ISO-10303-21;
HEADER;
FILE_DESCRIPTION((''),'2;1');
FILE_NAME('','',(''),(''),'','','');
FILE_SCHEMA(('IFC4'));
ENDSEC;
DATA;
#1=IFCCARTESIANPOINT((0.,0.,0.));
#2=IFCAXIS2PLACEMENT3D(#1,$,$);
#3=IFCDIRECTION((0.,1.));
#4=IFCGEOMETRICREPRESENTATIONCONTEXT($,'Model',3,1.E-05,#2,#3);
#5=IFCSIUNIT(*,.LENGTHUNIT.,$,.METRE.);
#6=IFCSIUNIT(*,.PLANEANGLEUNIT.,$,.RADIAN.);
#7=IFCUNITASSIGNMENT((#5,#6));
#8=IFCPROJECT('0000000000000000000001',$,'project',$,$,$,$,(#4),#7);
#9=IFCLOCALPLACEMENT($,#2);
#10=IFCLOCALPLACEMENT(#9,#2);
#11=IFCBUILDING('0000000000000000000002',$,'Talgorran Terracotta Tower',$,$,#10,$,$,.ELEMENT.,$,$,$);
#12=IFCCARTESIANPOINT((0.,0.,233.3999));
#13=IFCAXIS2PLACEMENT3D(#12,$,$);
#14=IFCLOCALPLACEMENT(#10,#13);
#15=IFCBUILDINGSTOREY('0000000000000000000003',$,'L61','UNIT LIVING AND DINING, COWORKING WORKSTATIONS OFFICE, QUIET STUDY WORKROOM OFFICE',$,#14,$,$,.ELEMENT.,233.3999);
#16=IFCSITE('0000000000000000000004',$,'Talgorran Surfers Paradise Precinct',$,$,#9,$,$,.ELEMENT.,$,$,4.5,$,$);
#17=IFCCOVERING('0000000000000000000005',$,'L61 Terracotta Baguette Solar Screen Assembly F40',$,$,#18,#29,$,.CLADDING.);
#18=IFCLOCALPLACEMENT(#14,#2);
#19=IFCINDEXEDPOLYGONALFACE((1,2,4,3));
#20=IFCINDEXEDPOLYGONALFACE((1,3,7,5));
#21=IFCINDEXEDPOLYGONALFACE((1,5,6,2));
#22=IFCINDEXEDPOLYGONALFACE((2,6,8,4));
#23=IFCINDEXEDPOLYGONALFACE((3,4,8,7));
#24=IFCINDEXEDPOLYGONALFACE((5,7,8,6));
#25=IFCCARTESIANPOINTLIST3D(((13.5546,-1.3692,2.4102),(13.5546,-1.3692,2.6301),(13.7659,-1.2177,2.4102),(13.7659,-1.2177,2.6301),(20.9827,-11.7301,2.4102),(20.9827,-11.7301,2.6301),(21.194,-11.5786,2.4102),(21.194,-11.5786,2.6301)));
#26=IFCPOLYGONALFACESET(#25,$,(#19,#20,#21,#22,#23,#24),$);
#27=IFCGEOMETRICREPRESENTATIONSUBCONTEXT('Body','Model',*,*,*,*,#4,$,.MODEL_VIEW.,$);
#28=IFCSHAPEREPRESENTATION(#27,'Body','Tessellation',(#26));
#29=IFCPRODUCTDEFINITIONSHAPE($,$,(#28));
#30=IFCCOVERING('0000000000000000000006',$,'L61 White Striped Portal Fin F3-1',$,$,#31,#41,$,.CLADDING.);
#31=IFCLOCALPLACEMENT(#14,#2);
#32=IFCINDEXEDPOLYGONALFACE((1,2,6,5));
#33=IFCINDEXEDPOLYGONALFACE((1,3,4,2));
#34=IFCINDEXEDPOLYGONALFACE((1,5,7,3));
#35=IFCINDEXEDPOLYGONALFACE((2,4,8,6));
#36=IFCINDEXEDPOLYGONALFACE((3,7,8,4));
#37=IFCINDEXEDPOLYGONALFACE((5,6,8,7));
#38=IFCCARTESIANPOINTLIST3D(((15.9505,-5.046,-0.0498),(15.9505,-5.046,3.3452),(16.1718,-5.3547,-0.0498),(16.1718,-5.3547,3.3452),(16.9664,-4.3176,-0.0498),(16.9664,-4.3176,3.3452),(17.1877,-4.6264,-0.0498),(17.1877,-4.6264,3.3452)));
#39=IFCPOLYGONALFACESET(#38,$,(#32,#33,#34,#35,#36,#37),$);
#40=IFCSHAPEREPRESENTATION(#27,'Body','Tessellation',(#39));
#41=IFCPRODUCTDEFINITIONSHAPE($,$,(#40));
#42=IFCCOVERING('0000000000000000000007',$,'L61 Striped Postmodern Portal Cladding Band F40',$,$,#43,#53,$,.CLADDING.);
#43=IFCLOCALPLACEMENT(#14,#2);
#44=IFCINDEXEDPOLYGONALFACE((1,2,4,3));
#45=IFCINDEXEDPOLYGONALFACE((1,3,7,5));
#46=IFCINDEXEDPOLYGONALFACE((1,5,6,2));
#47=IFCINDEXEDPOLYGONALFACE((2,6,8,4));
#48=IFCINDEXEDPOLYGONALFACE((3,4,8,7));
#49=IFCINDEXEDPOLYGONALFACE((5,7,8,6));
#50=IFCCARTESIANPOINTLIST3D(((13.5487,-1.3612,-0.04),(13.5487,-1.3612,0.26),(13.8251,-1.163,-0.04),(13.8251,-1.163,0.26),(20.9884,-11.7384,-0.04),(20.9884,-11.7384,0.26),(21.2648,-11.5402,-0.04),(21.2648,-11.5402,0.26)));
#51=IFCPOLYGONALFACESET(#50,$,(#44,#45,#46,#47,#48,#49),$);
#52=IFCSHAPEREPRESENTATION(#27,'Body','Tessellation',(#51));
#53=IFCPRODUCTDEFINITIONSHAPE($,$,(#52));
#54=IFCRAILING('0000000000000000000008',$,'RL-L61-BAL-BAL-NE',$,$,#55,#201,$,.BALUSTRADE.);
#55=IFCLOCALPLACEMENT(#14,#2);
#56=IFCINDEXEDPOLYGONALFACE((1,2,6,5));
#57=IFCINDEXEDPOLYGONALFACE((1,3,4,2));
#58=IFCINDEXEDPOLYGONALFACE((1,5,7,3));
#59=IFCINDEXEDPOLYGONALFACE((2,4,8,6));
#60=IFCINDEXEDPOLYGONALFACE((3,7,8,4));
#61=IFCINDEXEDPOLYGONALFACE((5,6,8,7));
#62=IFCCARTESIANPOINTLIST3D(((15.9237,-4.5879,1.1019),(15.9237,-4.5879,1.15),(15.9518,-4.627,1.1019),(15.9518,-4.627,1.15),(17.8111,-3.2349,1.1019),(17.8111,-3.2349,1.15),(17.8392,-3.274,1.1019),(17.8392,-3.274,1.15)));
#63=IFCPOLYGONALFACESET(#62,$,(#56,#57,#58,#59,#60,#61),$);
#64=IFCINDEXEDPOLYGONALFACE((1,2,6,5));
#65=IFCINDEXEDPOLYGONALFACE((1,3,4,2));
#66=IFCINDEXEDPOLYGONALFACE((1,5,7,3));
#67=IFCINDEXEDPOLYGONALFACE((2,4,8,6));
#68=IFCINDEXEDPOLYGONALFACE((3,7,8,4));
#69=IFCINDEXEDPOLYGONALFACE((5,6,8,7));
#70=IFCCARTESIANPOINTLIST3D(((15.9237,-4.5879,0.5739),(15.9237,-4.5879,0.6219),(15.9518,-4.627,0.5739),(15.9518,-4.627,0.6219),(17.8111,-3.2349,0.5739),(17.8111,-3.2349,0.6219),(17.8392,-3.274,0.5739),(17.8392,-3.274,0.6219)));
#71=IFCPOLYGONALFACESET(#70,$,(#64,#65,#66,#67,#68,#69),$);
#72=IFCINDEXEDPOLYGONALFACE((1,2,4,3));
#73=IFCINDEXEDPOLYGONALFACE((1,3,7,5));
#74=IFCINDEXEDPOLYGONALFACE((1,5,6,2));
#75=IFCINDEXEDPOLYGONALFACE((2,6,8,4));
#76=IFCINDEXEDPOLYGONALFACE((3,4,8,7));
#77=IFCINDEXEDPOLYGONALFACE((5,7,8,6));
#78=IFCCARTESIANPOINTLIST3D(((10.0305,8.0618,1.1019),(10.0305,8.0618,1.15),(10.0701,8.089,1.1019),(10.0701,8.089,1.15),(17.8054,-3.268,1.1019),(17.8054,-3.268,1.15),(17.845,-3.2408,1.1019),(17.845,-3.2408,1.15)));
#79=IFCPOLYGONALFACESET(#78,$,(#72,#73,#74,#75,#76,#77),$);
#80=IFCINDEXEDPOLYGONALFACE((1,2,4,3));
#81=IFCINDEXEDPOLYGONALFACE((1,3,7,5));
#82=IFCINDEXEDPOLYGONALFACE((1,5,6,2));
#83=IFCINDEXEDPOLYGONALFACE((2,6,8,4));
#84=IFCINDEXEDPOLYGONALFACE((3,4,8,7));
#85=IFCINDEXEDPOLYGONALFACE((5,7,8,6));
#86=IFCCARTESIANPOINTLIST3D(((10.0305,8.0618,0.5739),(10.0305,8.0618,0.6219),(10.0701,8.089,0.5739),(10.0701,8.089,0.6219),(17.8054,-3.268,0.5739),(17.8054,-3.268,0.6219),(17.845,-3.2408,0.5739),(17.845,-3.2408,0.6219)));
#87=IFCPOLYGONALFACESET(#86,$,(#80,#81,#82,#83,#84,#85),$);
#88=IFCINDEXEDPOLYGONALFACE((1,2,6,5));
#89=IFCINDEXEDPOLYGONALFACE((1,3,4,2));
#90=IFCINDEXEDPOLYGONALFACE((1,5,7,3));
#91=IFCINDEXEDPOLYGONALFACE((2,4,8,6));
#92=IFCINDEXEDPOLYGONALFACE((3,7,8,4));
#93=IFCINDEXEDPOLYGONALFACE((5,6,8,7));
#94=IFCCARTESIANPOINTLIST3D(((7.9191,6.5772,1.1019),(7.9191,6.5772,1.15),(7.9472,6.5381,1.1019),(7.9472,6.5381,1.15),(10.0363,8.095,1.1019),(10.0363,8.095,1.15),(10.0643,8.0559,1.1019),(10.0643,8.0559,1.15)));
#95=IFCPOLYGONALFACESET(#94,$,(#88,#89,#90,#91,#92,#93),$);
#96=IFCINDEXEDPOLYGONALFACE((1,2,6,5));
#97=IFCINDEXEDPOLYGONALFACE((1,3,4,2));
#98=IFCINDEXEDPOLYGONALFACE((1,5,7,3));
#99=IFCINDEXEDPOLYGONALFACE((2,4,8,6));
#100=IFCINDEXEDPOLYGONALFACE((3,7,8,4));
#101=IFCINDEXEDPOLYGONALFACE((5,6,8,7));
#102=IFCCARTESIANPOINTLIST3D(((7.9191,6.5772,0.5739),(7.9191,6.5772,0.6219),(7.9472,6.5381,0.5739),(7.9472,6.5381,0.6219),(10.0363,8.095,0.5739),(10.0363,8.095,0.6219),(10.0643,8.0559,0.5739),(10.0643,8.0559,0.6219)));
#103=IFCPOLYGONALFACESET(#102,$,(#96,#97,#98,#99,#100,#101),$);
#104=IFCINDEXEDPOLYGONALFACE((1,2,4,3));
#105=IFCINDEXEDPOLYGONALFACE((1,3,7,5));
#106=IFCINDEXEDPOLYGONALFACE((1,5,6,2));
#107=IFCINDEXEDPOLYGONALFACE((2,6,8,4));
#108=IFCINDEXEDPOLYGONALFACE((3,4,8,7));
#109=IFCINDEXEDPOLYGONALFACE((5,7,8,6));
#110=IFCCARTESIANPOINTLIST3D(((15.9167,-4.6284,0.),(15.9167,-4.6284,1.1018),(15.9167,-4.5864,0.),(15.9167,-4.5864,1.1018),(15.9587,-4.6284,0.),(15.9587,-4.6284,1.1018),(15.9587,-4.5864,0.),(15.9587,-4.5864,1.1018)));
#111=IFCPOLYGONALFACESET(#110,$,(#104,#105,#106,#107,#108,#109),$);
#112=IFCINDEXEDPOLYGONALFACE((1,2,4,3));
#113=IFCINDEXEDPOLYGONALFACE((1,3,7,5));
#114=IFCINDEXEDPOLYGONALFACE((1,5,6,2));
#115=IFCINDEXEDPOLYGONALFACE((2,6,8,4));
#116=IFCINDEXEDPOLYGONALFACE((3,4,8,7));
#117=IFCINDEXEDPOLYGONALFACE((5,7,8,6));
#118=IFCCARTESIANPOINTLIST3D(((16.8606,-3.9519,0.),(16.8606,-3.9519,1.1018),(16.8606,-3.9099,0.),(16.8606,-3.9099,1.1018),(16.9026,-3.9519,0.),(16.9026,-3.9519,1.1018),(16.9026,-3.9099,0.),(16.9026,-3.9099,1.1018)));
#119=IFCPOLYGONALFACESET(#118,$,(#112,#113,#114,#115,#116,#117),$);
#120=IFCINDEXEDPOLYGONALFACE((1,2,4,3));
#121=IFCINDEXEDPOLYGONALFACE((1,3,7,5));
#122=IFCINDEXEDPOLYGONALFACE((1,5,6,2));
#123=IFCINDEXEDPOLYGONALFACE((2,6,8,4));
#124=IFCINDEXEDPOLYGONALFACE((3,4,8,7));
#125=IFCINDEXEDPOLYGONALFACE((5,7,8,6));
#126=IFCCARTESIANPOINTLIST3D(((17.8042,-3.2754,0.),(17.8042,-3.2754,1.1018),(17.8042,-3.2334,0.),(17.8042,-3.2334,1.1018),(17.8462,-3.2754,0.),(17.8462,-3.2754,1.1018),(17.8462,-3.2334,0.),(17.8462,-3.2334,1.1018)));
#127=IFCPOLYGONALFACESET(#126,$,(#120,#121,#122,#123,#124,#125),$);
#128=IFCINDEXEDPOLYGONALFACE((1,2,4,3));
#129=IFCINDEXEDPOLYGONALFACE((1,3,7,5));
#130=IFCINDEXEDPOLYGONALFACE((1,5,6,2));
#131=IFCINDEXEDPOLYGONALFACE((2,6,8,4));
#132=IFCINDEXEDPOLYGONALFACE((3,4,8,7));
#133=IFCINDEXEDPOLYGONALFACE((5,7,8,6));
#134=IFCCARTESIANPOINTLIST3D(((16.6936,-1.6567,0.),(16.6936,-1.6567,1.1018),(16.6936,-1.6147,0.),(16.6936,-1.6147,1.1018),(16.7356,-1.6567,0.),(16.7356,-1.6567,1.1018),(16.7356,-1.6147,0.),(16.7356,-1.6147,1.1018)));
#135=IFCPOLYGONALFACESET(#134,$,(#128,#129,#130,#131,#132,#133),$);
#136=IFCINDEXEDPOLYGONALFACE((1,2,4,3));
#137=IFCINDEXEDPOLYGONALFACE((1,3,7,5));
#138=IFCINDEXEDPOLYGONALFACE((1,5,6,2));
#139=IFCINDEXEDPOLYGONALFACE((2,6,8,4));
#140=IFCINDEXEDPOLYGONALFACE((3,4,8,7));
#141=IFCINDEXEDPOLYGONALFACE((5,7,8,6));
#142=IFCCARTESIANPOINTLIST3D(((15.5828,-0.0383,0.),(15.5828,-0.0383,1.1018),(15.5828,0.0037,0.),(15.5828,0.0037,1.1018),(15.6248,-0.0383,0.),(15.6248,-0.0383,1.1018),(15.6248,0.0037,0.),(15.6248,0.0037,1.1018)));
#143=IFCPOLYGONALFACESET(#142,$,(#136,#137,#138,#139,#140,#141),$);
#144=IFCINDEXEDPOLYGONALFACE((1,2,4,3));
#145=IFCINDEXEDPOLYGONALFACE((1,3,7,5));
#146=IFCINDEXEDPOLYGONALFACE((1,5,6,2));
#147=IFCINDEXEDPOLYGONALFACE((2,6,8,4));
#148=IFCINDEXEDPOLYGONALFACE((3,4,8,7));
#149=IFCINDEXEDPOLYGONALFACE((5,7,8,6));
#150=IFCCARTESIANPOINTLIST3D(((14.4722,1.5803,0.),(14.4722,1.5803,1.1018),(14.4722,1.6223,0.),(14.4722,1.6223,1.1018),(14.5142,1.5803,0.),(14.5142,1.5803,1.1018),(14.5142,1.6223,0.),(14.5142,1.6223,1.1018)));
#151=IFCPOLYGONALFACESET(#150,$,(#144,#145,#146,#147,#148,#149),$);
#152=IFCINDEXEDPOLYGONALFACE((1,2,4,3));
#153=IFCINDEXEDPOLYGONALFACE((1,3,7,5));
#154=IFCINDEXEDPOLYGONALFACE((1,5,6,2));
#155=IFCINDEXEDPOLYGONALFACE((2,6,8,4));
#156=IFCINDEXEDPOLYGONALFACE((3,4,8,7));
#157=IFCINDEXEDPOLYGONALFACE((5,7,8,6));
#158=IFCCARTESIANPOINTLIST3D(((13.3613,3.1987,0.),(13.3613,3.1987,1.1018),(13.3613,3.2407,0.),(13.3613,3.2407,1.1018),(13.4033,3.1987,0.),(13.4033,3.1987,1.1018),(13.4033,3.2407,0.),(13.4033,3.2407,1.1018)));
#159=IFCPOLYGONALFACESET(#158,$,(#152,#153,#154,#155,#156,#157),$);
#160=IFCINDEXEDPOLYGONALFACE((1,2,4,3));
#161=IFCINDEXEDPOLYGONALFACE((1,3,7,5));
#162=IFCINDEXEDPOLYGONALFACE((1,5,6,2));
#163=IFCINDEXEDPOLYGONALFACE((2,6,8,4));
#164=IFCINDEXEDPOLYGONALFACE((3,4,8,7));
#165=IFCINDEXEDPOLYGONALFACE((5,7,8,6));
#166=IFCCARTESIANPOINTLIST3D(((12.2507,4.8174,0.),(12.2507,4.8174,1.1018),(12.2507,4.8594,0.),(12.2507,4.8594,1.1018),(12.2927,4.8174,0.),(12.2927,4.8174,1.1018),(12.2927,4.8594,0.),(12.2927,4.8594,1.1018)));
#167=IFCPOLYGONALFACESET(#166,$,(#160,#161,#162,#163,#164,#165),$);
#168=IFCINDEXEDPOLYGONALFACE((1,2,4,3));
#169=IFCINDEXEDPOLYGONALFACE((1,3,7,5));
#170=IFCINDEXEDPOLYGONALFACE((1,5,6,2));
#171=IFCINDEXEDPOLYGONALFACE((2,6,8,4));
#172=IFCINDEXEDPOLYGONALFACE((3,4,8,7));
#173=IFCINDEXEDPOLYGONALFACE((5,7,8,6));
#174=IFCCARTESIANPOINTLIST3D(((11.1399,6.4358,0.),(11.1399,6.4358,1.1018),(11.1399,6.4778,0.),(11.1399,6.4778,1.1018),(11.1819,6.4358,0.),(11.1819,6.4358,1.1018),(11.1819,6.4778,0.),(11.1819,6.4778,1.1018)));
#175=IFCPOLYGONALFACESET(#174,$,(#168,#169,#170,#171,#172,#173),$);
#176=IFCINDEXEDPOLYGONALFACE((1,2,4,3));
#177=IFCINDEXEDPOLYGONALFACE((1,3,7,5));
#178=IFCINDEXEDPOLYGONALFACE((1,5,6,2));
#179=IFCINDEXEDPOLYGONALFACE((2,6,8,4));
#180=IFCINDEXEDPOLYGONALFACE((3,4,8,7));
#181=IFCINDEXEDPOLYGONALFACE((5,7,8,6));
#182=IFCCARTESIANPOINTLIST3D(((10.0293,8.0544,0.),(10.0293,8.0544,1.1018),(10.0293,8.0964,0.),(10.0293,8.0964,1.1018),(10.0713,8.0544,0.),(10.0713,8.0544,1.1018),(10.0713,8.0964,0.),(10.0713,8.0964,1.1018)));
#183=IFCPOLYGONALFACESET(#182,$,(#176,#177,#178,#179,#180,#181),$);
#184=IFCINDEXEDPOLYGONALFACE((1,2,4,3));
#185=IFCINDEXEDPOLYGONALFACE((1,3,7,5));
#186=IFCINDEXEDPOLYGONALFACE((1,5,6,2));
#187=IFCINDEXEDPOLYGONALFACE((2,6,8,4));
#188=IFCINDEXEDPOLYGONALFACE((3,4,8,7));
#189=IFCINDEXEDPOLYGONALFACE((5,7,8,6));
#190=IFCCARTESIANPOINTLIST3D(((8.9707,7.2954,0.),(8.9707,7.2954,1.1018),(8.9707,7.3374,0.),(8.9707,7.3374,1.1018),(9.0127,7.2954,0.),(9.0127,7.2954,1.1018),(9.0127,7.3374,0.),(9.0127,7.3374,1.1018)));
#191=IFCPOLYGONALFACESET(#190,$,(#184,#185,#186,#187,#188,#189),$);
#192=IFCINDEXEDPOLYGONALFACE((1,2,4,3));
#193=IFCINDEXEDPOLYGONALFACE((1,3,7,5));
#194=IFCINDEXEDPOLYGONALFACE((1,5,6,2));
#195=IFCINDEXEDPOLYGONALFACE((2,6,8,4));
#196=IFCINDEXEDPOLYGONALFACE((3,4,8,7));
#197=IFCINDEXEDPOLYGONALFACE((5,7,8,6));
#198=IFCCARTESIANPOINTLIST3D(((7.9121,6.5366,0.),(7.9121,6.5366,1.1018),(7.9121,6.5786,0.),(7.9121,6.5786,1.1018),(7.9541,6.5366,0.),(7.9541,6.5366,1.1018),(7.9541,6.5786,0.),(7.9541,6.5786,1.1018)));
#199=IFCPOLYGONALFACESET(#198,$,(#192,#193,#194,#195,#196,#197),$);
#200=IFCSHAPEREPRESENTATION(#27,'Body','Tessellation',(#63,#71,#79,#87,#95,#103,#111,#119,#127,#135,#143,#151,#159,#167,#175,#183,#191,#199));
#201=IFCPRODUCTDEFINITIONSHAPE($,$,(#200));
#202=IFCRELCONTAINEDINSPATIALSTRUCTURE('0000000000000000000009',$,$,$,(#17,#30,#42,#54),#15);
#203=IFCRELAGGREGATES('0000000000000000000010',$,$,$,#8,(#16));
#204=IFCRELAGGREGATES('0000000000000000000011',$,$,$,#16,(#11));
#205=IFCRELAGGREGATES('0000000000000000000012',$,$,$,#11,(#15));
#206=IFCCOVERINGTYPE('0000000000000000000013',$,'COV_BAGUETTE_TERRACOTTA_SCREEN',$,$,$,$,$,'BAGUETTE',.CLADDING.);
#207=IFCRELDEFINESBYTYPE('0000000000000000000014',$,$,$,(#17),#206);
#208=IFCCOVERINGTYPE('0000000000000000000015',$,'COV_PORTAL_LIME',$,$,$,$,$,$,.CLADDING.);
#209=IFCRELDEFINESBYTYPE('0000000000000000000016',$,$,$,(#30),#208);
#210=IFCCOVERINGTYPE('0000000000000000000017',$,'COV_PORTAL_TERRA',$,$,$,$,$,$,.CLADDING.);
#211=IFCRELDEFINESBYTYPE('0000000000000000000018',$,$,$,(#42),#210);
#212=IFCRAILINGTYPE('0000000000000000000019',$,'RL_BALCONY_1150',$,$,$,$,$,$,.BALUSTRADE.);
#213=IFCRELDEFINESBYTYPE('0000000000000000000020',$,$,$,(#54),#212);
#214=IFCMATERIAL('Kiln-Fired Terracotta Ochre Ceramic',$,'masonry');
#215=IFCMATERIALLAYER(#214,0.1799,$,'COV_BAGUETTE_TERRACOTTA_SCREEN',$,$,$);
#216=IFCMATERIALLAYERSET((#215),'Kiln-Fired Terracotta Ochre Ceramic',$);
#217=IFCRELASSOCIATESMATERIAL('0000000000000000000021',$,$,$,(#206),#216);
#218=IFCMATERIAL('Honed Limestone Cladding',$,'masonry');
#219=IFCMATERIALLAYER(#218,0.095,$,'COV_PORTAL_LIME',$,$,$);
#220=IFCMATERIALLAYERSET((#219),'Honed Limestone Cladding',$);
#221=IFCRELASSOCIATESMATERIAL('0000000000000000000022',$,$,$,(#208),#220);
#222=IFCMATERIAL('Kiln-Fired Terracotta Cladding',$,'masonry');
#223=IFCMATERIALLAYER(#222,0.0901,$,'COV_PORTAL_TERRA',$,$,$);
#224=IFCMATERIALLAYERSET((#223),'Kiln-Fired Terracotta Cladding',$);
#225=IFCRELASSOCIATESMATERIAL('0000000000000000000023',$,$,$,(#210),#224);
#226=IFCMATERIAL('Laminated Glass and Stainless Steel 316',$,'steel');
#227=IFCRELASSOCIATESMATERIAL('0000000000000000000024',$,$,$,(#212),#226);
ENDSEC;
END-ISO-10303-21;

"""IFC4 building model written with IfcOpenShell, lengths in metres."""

from ifc_helpers import new_model, si_unit, direction, frame, origin, origin_2d, place, context, subcontext, project, spatial, rectangle, extrude, material, layer, layer_set, type_object, element, save


model = new_model("IFC4")

# Units and contexts
model_context = context("Model", 3, precision=1e-05, world=origin(), true_north=direction((0.0, 1.0)))
body_context = subcontext(model_context, "Body", "Model", "MODEL_VIEW")
ifc_project = project(units=[si_unit("LENGTHUNIT", "METRE"), si_unit("PLANEANGLEUNIT", "RADIAN")], contexts=[model_context])

# Site, building, storey
site_placement = place(None, origin())
site = spatial("IfcSite", under=ifc_project, at=site_placement, Name="Talgorran Surfers Paradise Precinct", CompositionType="ELEMENT", RefElevation=4.5)
building_placement = place(site_placement, origin())
building = spatial("IfcBuilding", under=site, at=building_placement, Name="Talgorran Terracotta Tower", CompositionType="ELEMENT")
storey_placement = place(building_placement, frame((0.0, 0.0, 233.3999)))
storey = spatial("IfcBuildingStorey", under=building, at=storey_placement, Name="L61", Description="UNIT LIVING AND DINING, COWORKING WORKSTATIONS OFFICE, QUIET STUDY WORKROOM OFFICE", CompositionType="ELEMENT", Elevation=233.3999)

# Coverings
ifc_material_1 = material(Name="Kiln-Fired Terracotta Ochre Ceramic", Category="masonry")
ifc_layer_1 = layer(ifc_material_1, 0.1799, Name="COV_BAGUETTE_TERRACOTTA_SCREEN")
ifc_layer_set_1 = layer_set([ifc_layer_1], Name="Kiln-Fired Terracotta Ochre Ceramic")
covering_type_1 = type_object("IfcCoveringType", Name="COV_BAGUETTE_TERRACOTTA_SCREEN", ElementType="BAGUETTE", PredefinedType="CLADDING", material=ifc_layer_set_1)
covering_1_placement = place(storey_placement, frame((17.3743, -6.4739, 2.4102), z_axis=(0.0, 0.0, 1.0), x_axis=(-0.582662, 0.812715, 0.0)))
element("IfcCovering", 1, at=covering_1_placement, inside=storey, type_object=covering_type_1, Name="L61 Terracotta Baguette Solar Screen Assembly F40", PredefinedType="CLADDING", context=body_context, shape_type="SweptSolid", body=[
    extrude(rectangle(XDim=12.7485, YDim=0.26, at=origin_2d()), origin(), (0.0, 0.0, 1.0), 0.22),
])
ifc_material_2 = material(Name="Honed Limestone Cladding", Category="masonry")
ifc_layer_2 = layer(ifc_material_2, 0.095, Name="COV_PORTAL_LIME")
ifc_layer_set_2 = layer_set([ifc_layer_2], Name="Honed Limestone Cladding")
covering_type_2 = type_object("IfcCoveringType", Name="COV_PORTAL_LIME", PredefinedType="CLADDING", material=ifc_layer_set_2)
covering_2_placement = place(storey_placement, frame((16.5691, -4.8362, -0.0498), z_axis=(0.0, 0.0, 1.0), x_axis=(-0.582662, 0.812715, 0.0)))
element("IfcCovering", 2, at=covering_2_placement, inside=storey, type_object=covering_type_2, Name="L61 White Striped Portal Fin F3-1", PredefinedType="CLADDING", context=body_context, shape_type="SweptSolid", body=[
    extrude(rectangle(XDim=0.3799, YDim=1.25, at=origin_2d()), origin(), (0.0, 0.0, 1.0), 3.395),
])
ifc_material_3 = material(Name="Kiln-Fired Terracotta Cladding", Category="masonry")
ifc_layer_3 = layer(ifc_material_3, 0.0901, Name="COV_PORTAL_TERRA")
ifc_layer_set_3 = layer_set([ifc_layer_3], Name="Kiln-Fired Terracotta Cladding")
covering_type_3 = type_object("IfcCoveringType", Name="COV_PORTAL_TERRA", PredefinedType="CLADDING", material=ifc_layer_set_3)
covering_3_placement = place(storey_placement, frame((17.4067, -6.4507, -0.04), z_axis=(0.0, 0.0, 1.0), x_axis=(-0.582662, 0.812715, 0.0)))
element("IfcCovering", 3, at=covering_3_placement, inside=storey, type_object=covering_type_3, Name="L61 Striped Postmodern Portal Cladding Band F40", PredefinedType="CLADDING", context=body_context, shape_type="SweptSolid", body=[
    extrude(rectangle(XDim=12.7686, YDim=0.3401, at=origin_2d()), origin(), (0.0, 0.0, 1.0), 0.3),
])

# Railing
ifc_material_4 = material(Name="Laminated Glass and Stainless Steel 316", Category="steel")
railing_type = type_object("IfcRailingType", Name="RL_BALCONY_1150", PredefinedType="BALUSTRADE", material=ifc_material_4)
railing_placement = place(storey_placement, frame((15.9377, -4.6074, 0.0)))
element("IfcRailing", 4, at=railing_placement, inside=storey, type_object=railing_type, Name="RL-L61-BAL-BAL-NE", PredefinedType="BALUSTRADE", context=body_context, shape_type="SweptSolid", body=[
    extrude(rectangle(XDim=0.0481, YDim=0.0481, at=origin_2d()), frame((0.0, 0.0, 1.126), z_axis=(0.812745, 0.58262, 0.0), x_axis=(-0.58262, 0.812745, 0.0)), (0.0, 0.0, 1.0), 2.3223),
    extrude(rectangle(XDim=0.0481, YDim=0.0481, at=origin_2d()), frame((0.0, 0.0, 0.5979), z_axis=(0.812745, 0.58262, 0.0), x_axis=(-0.58262, 0.812745, 0.0)), (0.0, 0.0, 1.0), 2.3223),
    extrude(rectangle(XDim=0.0481, YDim=0.0481, at=origin_2d()), frame((1.8875, 1.353, 1.126), z_axis=(-0.565819, 0.824529, 0.0), x_axis=(-0.824529, -0.565819, 0.0)), (0.0, 0.0, 1.0), 13.741),
    extrude(rectangle(XDim=0.0481, YDim=0.0481, at=origin_2d()), frame((1.8875, 1.353, 0.5979), z_axis=(-0.565819, 0.824529, 0.0), x_axis=(-0.824529, -0.565819, 0.0)), (0.0, 0.0, 1.0), 13.741),
    extrude(rectangle(XDim=0.0481, YDim=0.0481, at=origin_2d()), frame((-5.8875, 12.6829, 1.126), z_axis=(-0.812725, -0.582647, 0.0), x_axis=(0.582647, -0.812725, 0.0)), (0.0, 0.0, 1.0), 2.605),
    extrude(rectangle(XDim=0.0481, YDim=0.0481, at=origin_2d()), frame((-5.8875, 12.6829, 0.5979), z_axis=(-0.812725, -0.582647, 0.0), x_axis=(0.582647, -0.812725, 0.0)), (0.0, 0.0, 1.0), 2.605),
    extrude(rectangle(XDim=0.042, YDim=0.042, at=origin_2d()), origin(), (0.0, 0.0, 1.0), 1.1018),
    extrude(rectangle(XDim=0.042, YDim=0.042, at=origin_2d()), frame((0.9438, 0.6765, 0.0)), (0.0, 0.0, 1.0), 1.1018),
    extrude(rectangle(XDim=0.042, YDim=0.042, at=origin_2d()), frame((1.8875, 1.353, 0.0)), (0.0, 0.0, 1.0), 1.1018),
    extrude(rectangle(XDim=0.042, YDim=0.042, at=origin_2d()), frame((0.7769, 2.9717, 0.0)), (0.0, 0.0, 1.0), 1.1018),
    extrude(rectangle(XDim=0.042, YDim=0.042, at=origin_2d()), frame((-0.334, 4.5901, 0.0)), (0.0, 0.0, 1.0), 1.1018),
    extrude(rectangle(XDim=0.042, YDim=0.042, at=origin_2d()), frame((-1.4446, 6.2087, 0.0)), (0.0, 0.0, 1.0), 1.1018),
    extrude(rectangle(XDim=0.042, YDim=0.042, at=origin_2d()), frame((-2.5554, 7.8271, 0.0)), (0.0, 0.0, 1.0), 1.1018),
    extrude(rectangle(XDim=0.042, YDim=0.042, at=origin_2d()), frame((-3.666, 9.4458, 0.0)), (0.0, 0.0, 1.0), 1.1018),
    extrude(rectangle(XDim=0.042, YDim=0.042, at=origin_2d()), frame((-4.7769, 11.0642, 0.0)), (0.0, 0.0, 1.0), 1.1018),
    extrude(rectangle(XDim=0.042, YDim=0.042, at=origin_2d()), frame((-5.8875, 12.6829, 0.0)), (0.0, 0.0, 1.0), 1.1018),
    extrude(rectangle(XDim=0.042, YDim=0.042, at=origin_2d()), frame((-6.946, 11.9238, 0.0)), (0.0, 0.0, 1.0), 1.1018),
    extrude(rectangle(XDim=0.042, YDim=0.042, at=origin_2d()), frame((-8.0046, 11.165, 0.0)), (0.0, 0.0, 1.0), 1.1018),
])

save(model, "model.ifc")
